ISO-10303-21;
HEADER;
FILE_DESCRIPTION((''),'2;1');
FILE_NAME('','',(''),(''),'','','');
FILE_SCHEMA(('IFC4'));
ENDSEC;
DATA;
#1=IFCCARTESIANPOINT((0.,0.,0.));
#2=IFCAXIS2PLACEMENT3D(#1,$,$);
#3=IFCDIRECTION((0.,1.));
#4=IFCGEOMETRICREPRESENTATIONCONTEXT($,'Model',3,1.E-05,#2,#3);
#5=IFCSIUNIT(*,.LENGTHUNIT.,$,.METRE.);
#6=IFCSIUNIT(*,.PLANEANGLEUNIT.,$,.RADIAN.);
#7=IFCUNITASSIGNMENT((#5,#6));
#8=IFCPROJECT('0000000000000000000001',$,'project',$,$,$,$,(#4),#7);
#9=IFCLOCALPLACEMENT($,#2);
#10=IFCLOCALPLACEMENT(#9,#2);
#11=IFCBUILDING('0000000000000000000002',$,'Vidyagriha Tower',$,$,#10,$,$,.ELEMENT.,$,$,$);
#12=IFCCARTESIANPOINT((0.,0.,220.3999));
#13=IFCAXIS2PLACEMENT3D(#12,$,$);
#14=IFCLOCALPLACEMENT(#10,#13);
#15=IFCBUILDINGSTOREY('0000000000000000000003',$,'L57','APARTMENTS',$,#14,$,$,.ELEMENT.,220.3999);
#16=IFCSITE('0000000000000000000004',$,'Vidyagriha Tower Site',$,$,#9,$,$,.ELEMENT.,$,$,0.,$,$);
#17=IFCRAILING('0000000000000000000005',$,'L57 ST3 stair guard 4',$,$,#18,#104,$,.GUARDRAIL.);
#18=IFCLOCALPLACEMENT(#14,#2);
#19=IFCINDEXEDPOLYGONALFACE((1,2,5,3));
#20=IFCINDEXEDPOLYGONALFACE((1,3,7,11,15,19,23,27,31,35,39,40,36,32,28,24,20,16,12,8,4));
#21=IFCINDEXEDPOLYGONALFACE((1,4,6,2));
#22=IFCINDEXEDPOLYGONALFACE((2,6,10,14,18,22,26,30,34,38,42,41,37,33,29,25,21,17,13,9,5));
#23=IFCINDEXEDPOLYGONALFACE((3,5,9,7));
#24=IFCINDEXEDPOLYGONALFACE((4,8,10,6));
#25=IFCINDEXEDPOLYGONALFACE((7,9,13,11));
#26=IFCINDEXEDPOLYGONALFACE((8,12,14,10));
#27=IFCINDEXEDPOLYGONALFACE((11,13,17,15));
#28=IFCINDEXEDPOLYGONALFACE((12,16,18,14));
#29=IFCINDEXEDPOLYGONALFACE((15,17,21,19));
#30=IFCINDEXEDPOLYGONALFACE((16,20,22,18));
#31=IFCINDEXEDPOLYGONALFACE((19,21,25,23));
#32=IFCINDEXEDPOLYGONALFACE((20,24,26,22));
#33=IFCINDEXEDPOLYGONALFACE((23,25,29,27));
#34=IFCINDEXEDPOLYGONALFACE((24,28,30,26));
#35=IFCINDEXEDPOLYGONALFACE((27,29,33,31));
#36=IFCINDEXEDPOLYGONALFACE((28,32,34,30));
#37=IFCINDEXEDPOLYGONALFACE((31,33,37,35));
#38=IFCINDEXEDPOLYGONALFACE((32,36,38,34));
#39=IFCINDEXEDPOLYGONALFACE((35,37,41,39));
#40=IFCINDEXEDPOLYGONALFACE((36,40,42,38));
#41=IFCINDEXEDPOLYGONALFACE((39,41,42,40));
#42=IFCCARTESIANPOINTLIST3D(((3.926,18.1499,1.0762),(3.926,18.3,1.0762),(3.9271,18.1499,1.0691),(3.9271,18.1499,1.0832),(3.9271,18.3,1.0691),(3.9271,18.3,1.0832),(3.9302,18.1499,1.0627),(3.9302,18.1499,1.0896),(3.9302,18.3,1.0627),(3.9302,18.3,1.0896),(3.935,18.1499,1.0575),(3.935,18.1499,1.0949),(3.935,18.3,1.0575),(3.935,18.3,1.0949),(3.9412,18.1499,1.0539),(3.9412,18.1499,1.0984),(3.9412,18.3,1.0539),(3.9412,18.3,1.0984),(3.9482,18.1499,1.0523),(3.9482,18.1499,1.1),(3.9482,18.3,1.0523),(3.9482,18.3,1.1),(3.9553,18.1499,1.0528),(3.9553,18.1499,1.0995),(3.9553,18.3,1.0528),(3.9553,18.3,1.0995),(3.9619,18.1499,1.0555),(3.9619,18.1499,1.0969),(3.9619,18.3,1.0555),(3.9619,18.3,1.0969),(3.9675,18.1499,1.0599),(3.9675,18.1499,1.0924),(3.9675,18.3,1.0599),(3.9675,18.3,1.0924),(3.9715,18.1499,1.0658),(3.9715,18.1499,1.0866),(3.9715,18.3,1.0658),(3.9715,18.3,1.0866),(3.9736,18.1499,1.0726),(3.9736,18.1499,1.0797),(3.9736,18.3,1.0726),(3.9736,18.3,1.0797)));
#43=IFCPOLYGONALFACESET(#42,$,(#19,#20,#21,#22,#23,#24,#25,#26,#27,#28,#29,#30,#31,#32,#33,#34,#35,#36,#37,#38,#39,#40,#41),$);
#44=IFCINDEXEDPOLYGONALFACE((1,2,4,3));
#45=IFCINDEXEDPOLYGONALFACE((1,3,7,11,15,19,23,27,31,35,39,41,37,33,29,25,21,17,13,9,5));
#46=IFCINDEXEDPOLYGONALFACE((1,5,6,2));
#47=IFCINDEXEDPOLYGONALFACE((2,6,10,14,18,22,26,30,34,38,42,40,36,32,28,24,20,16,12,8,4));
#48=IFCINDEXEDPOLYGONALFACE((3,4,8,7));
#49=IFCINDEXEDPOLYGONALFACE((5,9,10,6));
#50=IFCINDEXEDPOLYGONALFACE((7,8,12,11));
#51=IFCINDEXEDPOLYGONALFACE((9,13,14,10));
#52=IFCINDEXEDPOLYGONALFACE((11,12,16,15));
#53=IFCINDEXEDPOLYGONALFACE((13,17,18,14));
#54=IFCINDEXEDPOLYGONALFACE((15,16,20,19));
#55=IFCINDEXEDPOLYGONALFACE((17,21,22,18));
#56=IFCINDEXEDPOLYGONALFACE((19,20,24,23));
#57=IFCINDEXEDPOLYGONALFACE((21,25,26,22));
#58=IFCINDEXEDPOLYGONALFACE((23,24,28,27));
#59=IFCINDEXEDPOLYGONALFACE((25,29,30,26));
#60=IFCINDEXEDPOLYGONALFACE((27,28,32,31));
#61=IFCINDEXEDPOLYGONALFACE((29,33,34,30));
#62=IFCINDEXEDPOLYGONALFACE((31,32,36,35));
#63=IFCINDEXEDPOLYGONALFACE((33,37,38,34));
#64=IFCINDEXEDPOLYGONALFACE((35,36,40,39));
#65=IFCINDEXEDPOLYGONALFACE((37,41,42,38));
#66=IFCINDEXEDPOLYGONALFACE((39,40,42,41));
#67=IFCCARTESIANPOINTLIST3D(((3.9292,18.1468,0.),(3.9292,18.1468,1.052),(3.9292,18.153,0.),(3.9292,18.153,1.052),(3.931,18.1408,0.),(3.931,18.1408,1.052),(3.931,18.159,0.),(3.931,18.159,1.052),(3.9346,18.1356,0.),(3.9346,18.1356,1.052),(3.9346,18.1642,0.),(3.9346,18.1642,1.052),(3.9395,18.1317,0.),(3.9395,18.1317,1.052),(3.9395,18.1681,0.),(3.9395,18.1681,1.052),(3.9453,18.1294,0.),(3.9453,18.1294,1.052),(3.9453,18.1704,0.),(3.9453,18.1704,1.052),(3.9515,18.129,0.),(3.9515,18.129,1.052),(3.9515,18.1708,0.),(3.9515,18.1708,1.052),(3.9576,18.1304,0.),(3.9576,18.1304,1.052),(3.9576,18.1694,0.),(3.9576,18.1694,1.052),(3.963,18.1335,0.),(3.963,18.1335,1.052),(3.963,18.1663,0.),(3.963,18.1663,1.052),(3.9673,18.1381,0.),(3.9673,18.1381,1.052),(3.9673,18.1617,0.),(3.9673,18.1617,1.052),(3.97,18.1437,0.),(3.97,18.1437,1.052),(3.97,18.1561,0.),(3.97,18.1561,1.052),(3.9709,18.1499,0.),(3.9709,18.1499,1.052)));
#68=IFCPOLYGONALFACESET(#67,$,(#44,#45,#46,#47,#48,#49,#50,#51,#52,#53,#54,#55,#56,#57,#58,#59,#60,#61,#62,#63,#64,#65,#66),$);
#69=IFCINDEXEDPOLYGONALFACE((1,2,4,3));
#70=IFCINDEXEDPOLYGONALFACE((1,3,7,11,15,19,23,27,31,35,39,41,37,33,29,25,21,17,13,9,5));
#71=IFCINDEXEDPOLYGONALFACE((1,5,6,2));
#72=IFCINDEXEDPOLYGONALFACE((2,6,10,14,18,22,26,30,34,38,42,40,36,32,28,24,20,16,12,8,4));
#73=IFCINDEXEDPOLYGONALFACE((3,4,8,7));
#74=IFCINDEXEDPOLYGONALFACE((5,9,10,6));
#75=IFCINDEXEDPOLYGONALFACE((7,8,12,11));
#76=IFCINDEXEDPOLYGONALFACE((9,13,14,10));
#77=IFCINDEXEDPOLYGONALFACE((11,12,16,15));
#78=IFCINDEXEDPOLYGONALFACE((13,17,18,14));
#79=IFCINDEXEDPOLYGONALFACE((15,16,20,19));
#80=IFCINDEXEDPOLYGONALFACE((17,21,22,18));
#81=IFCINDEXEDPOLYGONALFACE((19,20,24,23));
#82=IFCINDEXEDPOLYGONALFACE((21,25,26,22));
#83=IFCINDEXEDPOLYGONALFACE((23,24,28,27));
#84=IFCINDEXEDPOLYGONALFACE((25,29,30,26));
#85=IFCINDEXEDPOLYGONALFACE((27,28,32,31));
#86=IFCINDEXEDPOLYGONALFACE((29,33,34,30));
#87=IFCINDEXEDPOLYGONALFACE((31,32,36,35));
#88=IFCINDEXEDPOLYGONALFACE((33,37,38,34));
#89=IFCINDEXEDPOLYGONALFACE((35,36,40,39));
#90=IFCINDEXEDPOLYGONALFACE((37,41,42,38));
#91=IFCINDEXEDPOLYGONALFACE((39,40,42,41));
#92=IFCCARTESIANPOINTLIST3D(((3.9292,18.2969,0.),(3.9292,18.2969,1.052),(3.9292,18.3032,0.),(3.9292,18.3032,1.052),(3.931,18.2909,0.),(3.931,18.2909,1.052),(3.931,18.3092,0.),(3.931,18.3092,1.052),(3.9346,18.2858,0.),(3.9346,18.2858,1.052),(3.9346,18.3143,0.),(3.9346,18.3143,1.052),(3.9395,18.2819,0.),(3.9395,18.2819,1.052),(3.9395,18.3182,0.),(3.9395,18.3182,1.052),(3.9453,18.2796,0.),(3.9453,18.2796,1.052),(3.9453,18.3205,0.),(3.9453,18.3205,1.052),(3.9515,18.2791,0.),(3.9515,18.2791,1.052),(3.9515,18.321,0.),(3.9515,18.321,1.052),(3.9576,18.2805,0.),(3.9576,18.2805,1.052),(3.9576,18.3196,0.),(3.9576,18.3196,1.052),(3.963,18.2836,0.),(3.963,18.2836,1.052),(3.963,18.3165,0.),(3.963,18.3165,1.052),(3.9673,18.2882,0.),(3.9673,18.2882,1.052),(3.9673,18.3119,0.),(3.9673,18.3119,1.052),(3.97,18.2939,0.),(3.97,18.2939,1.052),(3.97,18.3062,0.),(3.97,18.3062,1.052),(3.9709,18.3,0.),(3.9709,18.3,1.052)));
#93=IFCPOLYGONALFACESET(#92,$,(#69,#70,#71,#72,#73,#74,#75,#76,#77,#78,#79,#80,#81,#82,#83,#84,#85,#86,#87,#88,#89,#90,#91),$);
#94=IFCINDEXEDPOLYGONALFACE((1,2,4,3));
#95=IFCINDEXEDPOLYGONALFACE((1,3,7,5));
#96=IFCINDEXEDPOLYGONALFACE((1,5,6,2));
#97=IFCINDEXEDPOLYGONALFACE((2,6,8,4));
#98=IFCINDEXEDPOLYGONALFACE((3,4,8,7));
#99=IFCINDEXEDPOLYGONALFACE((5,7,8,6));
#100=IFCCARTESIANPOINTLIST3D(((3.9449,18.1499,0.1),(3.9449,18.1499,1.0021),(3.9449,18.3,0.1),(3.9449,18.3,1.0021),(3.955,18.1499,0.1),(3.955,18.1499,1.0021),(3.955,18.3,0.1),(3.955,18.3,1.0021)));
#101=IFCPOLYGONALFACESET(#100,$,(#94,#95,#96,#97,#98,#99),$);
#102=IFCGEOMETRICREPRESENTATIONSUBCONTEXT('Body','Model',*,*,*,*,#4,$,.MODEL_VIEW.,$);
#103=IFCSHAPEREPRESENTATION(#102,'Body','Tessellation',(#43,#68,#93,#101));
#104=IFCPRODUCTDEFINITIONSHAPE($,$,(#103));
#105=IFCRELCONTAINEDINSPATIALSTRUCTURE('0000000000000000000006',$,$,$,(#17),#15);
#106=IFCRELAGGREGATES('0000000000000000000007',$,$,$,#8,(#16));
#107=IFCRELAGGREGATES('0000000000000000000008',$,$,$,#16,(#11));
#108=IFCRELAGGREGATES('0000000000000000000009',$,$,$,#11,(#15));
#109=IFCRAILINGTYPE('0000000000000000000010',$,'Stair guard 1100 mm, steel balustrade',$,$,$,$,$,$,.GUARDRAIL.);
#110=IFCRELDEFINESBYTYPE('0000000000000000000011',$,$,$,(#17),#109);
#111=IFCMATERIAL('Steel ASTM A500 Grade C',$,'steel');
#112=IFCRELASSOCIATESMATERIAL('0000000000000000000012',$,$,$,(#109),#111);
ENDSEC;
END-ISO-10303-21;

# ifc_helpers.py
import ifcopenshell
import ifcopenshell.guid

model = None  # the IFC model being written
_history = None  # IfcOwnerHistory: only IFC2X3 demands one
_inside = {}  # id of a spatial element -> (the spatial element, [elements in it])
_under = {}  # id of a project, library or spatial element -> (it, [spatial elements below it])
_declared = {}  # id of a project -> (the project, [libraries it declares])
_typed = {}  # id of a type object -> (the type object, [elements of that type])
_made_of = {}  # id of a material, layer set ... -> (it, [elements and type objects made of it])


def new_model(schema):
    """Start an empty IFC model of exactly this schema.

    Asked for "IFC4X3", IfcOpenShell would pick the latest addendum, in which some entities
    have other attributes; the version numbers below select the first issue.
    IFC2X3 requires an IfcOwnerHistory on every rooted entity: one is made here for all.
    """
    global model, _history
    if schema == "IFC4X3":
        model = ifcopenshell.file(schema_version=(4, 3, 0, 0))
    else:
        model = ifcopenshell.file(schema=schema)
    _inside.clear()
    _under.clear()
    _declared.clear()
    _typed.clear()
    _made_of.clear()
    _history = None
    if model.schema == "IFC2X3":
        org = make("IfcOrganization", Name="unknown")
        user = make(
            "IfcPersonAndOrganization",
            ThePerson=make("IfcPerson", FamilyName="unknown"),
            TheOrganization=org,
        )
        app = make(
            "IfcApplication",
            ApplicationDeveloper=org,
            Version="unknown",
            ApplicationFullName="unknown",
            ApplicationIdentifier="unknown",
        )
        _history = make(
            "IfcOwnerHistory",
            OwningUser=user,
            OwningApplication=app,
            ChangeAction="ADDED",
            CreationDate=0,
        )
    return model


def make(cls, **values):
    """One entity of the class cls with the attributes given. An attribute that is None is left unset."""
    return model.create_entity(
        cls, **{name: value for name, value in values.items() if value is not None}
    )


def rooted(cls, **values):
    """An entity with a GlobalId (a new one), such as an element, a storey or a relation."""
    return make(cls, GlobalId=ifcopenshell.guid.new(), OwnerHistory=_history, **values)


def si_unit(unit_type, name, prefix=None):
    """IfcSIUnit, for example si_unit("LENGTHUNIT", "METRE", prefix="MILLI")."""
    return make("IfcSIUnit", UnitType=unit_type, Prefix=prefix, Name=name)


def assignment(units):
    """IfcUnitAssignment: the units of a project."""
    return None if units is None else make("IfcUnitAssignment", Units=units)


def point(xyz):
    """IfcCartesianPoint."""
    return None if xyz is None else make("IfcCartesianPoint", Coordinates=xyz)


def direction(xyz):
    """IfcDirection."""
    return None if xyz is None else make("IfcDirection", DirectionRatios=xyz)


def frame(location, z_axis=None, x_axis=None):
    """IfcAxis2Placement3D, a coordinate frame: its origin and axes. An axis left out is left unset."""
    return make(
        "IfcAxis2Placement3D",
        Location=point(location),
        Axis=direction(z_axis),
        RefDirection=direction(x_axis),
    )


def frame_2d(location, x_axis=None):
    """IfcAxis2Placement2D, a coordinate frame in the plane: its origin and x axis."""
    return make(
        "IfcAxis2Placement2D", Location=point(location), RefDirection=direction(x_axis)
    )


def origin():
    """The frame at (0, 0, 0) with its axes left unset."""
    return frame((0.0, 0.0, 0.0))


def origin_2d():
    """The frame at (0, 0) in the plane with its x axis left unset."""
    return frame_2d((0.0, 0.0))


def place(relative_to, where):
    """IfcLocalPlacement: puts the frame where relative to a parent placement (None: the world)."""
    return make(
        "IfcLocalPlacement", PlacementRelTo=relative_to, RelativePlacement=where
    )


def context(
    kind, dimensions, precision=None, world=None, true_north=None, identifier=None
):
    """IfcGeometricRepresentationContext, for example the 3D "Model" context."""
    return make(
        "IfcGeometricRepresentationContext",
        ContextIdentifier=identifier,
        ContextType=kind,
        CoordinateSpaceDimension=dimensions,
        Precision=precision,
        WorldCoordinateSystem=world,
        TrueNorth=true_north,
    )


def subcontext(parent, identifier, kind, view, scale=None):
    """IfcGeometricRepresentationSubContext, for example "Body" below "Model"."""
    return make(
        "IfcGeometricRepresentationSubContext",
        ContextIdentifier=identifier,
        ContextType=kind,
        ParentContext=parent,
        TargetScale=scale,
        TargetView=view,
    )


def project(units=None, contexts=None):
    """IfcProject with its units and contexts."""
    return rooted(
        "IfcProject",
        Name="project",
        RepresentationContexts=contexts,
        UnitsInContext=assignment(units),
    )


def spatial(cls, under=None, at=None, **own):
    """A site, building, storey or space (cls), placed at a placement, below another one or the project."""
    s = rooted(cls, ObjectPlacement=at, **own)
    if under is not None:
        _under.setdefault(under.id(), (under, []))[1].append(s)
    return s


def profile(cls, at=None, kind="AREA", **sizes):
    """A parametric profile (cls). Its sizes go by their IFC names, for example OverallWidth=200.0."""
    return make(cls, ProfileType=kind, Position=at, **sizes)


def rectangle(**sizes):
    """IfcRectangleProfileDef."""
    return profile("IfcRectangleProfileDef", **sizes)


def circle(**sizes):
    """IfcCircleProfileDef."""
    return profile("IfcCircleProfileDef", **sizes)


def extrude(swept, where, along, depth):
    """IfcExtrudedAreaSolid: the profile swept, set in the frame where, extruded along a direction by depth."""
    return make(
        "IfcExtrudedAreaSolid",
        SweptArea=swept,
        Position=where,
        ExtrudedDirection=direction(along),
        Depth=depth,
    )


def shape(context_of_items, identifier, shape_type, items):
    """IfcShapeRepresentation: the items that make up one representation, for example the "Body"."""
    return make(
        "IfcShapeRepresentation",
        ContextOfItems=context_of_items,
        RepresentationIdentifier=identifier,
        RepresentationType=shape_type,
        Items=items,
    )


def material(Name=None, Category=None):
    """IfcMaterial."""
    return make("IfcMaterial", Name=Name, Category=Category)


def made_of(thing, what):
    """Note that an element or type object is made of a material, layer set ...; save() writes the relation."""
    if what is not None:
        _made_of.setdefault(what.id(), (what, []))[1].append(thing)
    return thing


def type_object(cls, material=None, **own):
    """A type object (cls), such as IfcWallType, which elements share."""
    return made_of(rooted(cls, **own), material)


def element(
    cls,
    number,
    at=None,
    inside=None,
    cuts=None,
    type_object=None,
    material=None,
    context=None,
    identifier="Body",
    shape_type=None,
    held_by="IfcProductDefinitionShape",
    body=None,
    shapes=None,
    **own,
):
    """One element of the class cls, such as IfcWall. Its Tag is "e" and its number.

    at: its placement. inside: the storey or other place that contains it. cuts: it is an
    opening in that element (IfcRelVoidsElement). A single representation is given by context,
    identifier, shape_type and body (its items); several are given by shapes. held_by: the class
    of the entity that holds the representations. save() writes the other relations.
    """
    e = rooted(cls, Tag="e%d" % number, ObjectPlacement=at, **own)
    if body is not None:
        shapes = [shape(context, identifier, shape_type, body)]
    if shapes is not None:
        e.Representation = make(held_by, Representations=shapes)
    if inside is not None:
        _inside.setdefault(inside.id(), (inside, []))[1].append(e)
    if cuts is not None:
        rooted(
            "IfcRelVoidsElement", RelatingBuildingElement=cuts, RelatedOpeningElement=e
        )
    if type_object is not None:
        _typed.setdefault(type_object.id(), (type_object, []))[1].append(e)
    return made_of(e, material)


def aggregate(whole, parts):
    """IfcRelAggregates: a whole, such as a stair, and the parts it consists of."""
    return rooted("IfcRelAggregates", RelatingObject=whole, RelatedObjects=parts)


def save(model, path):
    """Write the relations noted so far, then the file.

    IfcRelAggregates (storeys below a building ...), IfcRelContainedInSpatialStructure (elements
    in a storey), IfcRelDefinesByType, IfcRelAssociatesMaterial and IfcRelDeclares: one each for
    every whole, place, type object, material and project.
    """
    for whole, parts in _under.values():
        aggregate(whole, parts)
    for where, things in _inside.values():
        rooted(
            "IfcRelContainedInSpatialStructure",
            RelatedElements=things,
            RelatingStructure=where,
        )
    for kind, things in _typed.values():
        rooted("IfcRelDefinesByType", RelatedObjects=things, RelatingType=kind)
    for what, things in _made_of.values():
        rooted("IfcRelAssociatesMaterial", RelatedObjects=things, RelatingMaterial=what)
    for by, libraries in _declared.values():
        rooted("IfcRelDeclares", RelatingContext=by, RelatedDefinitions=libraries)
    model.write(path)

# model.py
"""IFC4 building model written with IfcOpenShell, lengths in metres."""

from ifc_helpers import new_model, si_unit, direction, frame, origin, origin_2d, place, context, subcontext, project, spatial, rectangle, circle, extrude, material, type_object, element, save


model = new_model("IFC4")

# Units and contexts
model_context = context("Model", 3, precision=1e-05, world=origin(), true_north=direction((0.0, 1.0)))
body_context = subcontext(model_context, "Body", "Model", "MODEL_VIEW")
ifc_project = project(units=[si_unit("LENGTHUNIT", "METRE"), si_unit("PLANEANGLEUNIT", "RADIAN")], contexts=[model_context])

# Site, building, storey
site_placement = place(None, origin())
site = spatial("IfcSite", under=ifc_project, at=site_placement, Name="Vidyagriha Tower Site", CompositionType="ELEMENT", RefElevation=0.0)
building_placement = place(site_placement, origin())
building = spatial("IfcBuilding", under=site, at=building_placement, Name="Vidyagriha Tower", CompositionType="ELEMENT")
storey_placement = place(building_placement, frame((0.0, 0.0, 220.3999)))
storey = spatial("IfcBuildingStorey", under=building, at=storey_placement, Name="L57", Description="APARTMENTS", CompositionType="ELEMENT", Elevation=220.3999)

# Railing
ifc_material_1 = material(Name="Steel ASTM A500 Grade C", Category="steel")
railing_type_1 = type_object("IfcRailingType", Name="Stair guard 1100 mm, steel balustrade", PredefinedType="GUARDRAIL", material=ifc_material_1)
railing_1_placement = place(storey_placement, frame((3.95, 18.1499, 0.0)))
element("IfcRailing", 1, at=railing_1_placement, inside=storey, type_object=railing_type_1, Name="L57 ST3 stair guard 4", PredefinedType="GUARDRAIL", context=body_context, shape_type="SweptSolid", body=[
    extrude(circle(Radius=0.0239, at=origin_2d()), frame((0.0, 0.0, 1.0762), z_axis=(0.0, 1.0, 0.0), x_axis=(-1.0, 0.0, 0.0)), (0.0, 0.0, 1.0), 0.1501),
    extrude(circle(Radius=0.021, at=origin_2d()), origin(), (0.0, 0.0, 1.0), 1.052),
    extrude(circle(Radius=0.021, at=origin_2d()), frame((0.0, 0.1501, 0.0)), (0.0, 0.0, 1.0), 1.052),
    extrude(rectangle(XDim=0.01, YDim=0.9021, at=origin_2d()), frame((0.0, 0.0, 0.551), z_axis=(0.0, 1.0, 0.0), x_axis=(-1.0, 0.0, 0.0)), (0.0, 0.0, 1.0), 0.1501),
])

save(model, "model.ifc")
